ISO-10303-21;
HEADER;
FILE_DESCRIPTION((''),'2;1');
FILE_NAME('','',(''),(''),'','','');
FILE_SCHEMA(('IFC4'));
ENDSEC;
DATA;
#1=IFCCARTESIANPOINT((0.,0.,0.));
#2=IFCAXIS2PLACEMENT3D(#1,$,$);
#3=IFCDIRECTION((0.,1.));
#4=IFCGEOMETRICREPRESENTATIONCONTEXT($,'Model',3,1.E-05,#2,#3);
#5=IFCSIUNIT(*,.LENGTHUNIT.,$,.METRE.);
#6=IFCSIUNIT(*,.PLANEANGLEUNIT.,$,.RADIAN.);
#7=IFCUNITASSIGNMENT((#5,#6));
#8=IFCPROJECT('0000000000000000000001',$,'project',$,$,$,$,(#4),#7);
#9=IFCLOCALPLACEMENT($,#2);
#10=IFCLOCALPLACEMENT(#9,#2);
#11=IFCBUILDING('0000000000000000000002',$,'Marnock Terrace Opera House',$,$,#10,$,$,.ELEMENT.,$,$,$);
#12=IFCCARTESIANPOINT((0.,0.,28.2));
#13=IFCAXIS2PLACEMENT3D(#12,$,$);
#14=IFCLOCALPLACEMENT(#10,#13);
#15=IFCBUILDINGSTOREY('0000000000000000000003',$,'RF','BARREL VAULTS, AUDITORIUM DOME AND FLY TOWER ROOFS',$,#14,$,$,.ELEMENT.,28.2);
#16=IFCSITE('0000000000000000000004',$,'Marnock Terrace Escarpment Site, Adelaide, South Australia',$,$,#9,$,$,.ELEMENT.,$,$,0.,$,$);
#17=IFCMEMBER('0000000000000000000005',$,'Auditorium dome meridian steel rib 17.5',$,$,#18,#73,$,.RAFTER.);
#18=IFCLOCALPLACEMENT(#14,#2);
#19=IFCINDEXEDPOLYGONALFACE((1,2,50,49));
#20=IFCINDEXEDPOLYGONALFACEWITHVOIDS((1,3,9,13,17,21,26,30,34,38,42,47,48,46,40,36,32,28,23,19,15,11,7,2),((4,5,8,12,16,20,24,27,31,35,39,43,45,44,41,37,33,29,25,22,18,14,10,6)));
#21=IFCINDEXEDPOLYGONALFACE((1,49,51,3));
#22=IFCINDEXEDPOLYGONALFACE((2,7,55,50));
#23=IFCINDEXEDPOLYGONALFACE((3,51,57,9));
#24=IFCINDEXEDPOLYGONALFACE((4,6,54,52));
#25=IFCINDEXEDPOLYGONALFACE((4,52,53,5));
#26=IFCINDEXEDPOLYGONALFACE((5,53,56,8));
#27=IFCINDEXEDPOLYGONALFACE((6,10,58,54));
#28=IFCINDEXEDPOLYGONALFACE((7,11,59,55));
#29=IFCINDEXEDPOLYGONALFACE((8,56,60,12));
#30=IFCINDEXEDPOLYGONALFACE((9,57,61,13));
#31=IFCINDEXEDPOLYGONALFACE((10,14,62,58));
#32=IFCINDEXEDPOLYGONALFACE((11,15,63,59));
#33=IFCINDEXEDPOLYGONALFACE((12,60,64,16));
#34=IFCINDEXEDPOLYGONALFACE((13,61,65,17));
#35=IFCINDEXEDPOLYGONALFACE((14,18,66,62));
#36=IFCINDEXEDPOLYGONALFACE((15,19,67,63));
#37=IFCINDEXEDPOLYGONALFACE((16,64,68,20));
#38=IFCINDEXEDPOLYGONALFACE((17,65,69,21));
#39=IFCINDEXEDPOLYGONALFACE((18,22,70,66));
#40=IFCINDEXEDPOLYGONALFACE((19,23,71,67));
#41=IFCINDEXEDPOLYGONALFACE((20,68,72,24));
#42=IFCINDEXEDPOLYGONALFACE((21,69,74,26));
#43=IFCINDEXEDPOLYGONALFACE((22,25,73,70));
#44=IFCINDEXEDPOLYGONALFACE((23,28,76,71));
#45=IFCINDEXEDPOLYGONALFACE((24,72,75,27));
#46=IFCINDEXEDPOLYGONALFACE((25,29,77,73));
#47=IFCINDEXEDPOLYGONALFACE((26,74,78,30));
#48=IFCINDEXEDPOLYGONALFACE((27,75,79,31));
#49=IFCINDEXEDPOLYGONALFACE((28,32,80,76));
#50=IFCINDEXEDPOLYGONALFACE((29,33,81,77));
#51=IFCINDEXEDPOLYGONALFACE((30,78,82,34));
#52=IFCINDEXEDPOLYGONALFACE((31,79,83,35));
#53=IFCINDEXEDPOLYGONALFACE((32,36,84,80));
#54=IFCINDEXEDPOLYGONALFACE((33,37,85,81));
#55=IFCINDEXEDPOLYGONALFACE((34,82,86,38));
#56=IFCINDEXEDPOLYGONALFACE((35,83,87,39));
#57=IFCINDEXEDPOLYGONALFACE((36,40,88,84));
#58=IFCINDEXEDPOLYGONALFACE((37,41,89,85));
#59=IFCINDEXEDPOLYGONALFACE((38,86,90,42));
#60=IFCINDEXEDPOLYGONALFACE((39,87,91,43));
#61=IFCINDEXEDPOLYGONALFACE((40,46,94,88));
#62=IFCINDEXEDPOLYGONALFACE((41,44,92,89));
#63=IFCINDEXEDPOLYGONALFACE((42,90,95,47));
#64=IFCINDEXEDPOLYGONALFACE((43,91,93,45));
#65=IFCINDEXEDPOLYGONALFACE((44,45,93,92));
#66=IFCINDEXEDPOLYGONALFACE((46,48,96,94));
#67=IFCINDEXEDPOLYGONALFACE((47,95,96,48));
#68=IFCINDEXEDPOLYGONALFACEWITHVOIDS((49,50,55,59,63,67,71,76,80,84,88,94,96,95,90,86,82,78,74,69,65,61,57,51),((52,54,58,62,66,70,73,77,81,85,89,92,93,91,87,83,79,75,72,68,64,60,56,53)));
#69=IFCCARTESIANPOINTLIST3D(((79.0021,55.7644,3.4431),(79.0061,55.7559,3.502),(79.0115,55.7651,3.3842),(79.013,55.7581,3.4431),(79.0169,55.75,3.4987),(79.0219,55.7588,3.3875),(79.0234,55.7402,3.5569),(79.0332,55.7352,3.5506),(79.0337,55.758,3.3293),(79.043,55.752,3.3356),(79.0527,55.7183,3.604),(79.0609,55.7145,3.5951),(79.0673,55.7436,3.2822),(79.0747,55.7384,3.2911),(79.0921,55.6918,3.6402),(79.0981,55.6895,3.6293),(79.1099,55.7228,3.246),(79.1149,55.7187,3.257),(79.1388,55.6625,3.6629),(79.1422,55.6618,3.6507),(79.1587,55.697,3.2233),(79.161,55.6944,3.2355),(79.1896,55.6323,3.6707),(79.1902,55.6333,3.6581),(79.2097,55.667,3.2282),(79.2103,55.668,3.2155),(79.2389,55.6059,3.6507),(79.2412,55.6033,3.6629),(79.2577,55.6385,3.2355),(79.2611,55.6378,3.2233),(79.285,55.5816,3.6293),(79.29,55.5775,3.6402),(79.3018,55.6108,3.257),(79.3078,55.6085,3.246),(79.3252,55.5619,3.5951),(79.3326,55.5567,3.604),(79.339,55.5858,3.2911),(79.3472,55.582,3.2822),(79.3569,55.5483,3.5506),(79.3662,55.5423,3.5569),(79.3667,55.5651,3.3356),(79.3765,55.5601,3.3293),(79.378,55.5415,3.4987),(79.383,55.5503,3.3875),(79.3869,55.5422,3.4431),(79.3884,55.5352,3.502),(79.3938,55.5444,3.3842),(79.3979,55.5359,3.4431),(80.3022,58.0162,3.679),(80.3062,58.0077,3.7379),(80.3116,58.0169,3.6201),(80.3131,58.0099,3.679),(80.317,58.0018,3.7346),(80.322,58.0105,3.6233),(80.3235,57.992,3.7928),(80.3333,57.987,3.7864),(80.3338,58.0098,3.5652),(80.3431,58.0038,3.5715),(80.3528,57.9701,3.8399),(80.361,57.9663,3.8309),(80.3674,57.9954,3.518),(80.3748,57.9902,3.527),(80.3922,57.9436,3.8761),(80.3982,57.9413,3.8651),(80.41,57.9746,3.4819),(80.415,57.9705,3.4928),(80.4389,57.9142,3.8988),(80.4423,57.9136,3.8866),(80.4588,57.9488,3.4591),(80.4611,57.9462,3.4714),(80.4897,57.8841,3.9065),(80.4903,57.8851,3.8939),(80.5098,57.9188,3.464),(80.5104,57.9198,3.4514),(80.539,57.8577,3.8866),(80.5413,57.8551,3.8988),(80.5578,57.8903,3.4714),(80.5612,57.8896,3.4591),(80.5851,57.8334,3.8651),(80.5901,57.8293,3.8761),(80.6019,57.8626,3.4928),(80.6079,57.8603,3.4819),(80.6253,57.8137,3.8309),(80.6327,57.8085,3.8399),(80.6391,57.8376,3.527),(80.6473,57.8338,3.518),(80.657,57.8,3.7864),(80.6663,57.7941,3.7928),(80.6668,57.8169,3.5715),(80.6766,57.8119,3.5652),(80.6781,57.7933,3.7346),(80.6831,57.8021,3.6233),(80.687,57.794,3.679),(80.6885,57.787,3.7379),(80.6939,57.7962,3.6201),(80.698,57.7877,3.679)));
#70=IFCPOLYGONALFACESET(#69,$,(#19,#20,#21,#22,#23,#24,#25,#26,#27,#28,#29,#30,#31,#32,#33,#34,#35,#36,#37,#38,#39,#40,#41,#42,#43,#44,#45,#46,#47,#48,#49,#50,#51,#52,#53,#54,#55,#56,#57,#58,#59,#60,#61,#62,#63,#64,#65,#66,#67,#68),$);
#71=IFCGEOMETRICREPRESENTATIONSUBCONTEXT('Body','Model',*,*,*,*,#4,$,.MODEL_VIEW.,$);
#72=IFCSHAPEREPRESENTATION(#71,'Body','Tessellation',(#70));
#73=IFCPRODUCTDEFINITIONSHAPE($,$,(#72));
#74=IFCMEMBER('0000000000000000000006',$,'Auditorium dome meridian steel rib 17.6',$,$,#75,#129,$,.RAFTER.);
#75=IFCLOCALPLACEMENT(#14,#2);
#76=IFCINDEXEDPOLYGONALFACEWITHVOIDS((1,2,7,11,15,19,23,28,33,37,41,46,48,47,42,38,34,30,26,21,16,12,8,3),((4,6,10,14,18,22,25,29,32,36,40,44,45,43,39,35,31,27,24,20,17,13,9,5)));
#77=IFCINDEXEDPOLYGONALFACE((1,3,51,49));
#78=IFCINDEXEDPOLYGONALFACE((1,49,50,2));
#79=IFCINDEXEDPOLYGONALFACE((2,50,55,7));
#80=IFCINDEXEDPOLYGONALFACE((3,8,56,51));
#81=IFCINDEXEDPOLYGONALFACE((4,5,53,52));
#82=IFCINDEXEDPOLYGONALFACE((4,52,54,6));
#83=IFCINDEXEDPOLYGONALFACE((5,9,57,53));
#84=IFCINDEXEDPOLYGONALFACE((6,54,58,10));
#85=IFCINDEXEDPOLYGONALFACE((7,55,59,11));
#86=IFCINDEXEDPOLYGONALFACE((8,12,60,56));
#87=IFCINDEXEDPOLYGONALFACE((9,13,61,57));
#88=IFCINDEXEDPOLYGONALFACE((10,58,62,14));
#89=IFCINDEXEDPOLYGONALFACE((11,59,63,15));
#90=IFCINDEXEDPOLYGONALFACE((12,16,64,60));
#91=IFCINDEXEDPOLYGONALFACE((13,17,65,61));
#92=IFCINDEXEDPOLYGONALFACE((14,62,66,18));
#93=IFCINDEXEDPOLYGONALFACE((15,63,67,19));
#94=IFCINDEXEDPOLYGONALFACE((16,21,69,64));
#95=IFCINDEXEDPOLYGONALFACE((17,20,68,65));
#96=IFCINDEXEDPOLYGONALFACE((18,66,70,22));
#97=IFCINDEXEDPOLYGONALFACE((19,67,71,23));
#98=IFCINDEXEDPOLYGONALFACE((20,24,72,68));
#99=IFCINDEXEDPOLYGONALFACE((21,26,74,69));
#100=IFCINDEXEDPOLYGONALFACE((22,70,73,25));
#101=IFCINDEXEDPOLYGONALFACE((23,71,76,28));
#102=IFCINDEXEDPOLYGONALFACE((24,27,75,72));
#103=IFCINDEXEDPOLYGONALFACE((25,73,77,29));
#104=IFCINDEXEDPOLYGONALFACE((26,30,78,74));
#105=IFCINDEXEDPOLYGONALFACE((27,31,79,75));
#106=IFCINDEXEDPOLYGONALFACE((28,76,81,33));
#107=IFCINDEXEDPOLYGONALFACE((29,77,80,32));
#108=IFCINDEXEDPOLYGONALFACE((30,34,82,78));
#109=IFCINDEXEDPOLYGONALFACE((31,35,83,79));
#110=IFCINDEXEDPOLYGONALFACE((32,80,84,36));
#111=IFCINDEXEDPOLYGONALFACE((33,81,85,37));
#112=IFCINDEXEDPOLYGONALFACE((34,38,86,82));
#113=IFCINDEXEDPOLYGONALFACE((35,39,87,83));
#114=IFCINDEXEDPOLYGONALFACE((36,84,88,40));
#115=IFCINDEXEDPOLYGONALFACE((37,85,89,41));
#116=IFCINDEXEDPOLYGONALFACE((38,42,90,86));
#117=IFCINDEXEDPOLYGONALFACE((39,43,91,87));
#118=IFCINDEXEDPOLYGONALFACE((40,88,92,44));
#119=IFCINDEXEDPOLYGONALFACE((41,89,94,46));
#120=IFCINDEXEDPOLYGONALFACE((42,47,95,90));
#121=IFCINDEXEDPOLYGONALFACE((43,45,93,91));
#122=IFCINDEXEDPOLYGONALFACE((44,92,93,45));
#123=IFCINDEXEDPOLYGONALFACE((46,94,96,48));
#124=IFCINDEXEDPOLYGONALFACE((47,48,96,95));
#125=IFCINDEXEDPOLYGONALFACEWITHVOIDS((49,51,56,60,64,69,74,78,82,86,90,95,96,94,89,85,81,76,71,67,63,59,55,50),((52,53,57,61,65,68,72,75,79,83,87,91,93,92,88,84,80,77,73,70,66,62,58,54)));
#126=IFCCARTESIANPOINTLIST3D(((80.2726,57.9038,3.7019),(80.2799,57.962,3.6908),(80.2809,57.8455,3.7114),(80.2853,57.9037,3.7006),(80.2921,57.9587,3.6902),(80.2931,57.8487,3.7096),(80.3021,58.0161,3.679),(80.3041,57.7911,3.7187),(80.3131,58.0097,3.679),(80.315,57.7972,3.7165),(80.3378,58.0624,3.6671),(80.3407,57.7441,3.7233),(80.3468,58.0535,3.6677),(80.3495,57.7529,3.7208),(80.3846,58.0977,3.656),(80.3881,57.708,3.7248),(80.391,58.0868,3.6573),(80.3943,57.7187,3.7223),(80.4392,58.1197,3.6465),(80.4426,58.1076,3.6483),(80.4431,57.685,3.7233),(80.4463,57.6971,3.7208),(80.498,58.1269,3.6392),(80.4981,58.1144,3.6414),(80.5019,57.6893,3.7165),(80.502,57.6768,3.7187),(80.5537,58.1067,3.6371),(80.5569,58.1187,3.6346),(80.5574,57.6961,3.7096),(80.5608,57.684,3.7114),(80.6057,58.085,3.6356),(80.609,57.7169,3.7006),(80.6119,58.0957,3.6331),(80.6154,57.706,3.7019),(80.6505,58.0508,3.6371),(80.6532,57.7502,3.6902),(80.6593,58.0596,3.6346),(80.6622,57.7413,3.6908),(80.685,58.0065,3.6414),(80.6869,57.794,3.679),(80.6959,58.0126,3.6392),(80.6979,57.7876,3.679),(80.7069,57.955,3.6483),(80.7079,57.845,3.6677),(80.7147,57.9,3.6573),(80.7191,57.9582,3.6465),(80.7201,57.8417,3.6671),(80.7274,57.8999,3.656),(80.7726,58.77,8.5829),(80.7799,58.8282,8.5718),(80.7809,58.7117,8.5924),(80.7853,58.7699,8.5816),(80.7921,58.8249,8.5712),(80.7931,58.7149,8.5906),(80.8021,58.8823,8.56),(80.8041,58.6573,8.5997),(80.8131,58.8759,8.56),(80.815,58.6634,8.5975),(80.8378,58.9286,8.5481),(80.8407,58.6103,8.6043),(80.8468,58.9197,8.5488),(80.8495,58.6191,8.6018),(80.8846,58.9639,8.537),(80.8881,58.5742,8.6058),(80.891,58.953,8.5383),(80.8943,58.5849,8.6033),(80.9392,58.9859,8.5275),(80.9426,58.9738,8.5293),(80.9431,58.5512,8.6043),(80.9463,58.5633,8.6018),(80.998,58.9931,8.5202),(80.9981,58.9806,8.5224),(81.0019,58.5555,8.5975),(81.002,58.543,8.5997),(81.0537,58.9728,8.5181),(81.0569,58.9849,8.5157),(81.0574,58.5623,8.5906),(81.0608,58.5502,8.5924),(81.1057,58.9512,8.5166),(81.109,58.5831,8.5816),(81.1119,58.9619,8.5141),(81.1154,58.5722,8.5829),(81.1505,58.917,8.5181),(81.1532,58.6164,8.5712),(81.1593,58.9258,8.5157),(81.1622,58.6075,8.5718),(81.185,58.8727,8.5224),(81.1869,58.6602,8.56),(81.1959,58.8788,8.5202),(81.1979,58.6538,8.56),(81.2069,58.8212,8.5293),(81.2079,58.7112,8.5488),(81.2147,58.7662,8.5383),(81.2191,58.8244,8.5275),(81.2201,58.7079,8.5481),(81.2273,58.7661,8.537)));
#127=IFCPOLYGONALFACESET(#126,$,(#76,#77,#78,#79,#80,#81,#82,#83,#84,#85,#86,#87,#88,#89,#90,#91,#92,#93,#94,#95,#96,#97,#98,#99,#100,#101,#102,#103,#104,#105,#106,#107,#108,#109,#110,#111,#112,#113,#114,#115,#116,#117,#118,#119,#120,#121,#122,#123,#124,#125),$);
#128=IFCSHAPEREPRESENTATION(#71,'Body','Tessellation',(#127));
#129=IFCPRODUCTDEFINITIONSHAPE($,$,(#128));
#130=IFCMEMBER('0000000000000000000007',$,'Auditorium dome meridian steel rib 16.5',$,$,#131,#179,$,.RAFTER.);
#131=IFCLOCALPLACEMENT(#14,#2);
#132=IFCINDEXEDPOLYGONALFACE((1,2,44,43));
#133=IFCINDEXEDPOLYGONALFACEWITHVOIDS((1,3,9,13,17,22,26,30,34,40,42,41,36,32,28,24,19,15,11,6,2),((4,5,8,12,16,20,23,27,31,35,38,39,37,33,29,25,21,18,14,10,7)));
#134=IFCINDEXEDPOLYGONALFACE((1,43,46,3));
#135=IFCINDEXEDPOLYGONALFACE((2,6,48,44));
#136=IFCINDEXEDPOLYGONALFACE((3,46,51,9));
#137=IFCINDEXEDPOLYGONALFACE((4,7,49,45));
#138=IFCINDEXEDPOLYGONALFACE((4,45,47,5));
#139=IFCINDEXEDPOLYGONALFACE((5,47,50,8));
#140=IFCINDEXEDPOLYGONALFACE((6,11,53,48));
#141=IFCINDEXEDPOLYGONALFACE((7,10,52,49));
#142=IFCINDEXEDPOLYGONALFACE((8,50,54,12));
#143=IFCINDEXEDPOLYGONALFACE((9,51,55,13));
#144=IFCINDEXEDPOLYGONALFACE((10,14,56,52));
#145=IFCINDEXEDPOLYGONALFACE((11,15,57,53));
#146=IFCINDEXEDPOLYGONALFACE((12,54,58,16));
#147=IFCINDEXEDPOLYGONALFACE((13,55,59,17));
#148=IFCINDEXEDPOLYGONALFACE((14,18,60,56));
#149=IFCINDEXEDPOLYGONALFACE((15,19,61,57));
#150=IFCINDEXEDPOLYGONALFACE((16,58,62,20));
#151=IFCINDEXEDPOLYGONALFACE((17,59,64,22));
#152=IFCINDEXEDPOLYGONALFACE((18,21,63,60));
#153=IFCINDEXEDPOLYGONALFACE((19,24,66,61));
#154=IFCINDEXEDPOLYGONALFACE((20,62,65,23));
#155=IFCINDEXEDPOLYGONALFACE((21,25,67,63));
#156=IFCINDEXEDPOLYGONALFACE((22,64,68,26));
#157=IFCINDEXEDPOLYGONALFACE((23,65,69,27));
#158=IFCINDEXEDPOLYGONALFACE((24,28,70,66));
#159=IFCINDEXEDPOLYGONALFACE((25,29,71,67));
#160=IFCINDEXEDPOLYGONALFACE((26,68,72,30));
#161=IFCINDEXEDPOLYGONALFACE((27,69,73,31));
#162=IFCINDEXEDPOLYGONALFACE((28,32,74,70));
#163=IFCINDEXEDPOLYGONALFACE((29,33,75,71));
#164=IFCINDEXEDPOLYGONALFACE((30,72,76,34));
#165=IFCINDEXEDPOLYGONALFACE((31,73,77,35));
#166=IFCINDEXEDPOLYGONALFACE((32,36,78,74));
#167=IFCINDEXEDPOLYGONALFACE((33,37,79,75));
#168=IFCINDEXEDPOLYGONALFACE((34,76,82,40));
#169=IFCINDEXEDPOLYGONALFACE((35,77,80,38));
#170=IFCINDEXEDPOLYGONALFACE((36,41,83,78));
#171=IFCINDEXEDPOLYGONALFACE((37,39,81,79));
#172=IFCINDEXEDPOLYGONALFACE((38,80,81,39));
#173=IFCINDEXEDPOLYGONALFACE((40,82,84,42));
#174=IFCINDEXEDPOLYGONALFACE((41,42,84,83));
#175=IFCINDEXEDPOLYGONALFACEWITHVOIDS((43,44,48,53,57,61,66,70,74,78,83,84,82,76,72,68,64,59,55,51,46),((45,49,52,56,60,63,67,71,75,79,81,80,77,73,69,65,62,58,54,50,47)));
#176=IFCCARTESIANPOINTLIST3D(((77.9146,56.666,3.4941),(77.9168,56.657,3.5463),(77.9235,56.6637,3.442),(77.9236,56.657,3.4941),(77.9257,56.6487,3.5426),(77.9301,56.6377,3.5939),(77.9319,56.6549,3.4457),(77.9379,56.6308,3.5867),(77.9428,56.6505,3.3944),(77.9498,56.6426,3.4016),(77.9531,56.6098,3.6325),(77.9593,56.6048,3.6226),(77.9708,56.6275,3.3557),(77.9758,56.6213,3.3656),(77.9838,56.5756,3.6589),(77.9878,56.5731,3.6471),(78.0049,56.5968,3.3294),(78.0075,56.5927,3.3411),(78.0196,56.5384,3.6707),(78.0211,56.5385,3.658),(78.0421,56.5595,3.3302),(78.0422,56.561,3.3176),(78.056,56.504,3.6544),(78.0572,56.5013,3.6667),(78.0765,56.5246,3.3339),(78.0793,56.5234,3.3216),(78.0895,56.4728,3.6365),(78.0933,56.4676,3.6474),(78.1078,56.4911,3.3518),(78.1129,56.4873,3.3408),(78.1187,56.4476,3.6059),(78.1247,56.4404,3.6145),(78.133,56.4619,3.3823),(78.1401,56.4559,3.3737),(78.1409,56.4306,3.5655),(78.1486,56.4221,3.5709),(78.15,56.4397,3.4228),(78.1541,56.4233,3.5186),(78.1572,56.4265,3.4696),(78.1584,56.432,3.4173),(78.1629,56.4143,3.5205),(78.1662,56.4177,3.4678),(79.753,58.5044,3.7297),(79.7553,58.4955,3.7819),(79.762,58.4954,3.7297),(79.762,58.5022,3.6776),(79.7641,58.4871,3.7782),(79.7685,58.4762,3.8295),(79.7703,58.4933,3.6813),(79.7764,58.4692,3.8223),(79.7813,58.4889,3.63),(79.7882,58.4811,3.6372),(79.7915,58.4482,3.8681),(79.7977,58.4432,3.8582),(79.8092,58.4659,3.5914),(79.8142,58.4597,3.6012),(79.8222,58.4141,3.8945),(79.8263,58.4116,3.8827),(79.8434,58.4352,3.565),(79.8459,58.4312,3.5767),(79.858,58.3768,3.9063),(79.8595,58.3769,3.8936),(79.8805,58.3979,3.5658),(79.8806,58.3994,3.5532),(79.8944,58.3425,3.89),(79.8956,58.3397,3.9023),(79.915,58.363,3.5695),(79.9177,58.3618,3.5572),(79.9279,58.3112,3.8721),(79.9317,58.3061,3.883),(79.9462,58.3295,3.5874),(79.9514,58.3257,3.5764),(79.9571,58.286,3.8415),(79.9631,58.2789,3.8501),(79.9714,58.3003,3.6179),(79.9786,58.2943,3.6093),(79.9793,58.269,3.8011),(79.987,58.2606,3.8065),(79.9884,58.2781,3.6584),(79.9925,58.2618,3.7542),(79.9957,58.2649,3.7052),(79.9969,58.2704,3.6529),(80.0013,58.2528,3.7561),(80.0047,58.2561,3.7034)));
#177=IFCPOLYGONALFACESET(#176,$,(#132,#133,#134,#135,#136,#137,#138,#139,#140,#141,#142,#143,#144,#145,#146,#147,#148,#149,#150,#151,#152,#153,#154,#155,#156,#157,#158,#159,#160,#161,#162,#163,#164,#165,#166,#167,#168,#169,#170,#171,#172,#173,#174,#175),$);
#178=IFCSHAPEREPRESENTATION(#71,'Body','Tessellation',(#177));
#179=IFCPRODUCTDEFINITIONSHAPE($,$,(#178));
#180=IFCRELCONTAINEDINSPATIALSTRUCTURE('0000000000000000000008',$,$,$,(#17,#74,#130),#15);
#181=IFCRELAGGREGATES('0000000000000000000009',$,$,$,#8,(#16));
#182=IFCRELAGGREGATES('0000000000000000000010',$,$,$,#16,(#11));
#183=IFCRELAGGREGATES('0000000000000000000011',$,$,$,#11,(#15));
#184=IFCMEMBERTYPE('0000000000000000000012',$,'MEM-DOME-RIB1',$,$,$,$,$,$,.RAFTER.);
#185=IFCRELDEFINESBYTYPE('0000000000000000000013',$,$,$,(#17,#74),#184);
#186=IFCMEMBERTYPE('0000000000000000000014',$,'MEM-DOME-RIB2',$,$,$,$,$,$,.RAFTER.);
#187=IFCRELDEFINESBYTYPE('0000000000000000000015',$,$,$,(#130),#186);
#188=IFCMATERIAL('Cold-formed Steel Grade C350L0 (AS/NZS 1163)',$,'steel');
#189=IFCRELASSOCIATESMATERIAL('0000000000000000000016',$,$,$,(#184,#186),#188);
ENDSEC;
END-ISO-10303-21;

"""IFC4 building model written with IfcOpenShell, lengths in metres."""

from ifc_helpers import new_model, si_unit, direction, frame, origin, origin_2d, place, context, subcontext, project, spatial, hollow_circle, extrude, material, material_profile, profile_set, type_object, element, save


model = new_model("IFC4")

# Units and contexts
model_context = context("Model", 3, precision=1e-05, world=origin(), true_north=direction((0.0, 1.0)))
body_context = subcontext(model_context, "Body", "Model", "MODEL_VIEW")
ifc_project = project(units=[si_unit("LENGTHUNIT", "METRE"), si_unit("PLANEANGLEUNIT", "RADIAN")], contexts=[model_context])

# Site, building, storey
site_placement = place(None, origin())
site = spatial("IfcSite", under=ifc_project, at=site_placement, Name="Marnock Terrace Escarpment Site, Adelaide, South Australia", CompositionType="ELEMENT", RefElevation=0.0)
building_placement = place(site_placement, origin())
building = spatial("IfcBuilding", under=site, at=building_placement, Name="Marnock Terrace Opera House", CompositionType="ELEMENT")
storey_placement = place(building_placement, frame((0.0, 0.0, 28.2)))
storey = spatial("IfcBuildingStorey", under=building, at=storey_placement, Name="RF", Description="BARREL VAULTS, AUDITORIUM DOME AND FLY TOWER ROOFS", CompositionType="ELEMENT", Elevation=28.2)

# Members
ifc_material_1 = material(Name="Cold-formed Steel Grade C350L0 (AS/NZS 1163)", Category="steel")
ifc_material_profile_1 = material_profile(ifc_material_1, hollow_circle(Radius=0.2285, WallThickness=0.0127, at=origin_2d()))
ifc_profile_set_1 = profile_set([ifc_material_profile_1], Name="Cold-formed Steel Grade C350L0 (AS/NZS 1163)")
member_type_1 = type_object("IfcMemberType", Name="MEM-DOME-RIB1", PredefinedType="RAFTER", material=ifc_profile_set_1)
member_1_placement = place(storey_placement, frame((79.2, 55.6501, 3.4431), z_axis=(0.497963, 0.862481, 0.090335), x_axis=(-0.866021, 0.500007, 0.0)))
element("IfcMember", 1, at=member_1_placement, inside=storey, type_object=member_type_1, Name="Auditorium dome meridian steel rib 17.5", PredefinedType="RAFTER", context=body_context, shape_type="SweptSolid", body=[
    extrude(hollow_circle(Radius=0.2285, WallThickness=0.0127, at=origin_2d()), origin(), (0.0, 0.0, 1.0), 2.6108),
])
member_2_placement = place(storey_placement, frame((80.5, 57.9019, 3.679), z_axis=(0.100351, 0.17385, 0.979646), x_axis=(-0.866072, 0.49992, 0.0)))
element("IfcMember", 2, at=member_2_placement, inside=storey, type_object=member_type_1, Name="Auditorium dome meridian steel rib 17.6", PredefinedType="RAFTER", context=body_context, shape_type="SweptSolid", body=[
    extrude(hollow_circle(Radius=0.2285, WallThickness=0.0127, at=origin_2d()), origin(), (0.0, 0.0, 1.0), 4.9824),
])
ifc_material_profile_2 = material_profile(ifc_material_1, hollow_circle(Radius=0.1777, WallThickness=0.0127, at=origin_2d()))
ifc_profile_set_2 = profile_set([ifc_material_profile_2], Name="Cold-formed Steel Grade C350L0 (AS/NZS 1163)")
member_type_2 = type_object("IfcMemberType", Name="MEM-DOME-RIB2", PredefinedType="RAFTER", material=ifc_profile_set_2)
member_3_placement = place(storey_placement, frame((78.0403, 56.5403, 3.4941), z_axis=(0.704221, 0.704221, 0.090249), x_axis=(-0.707107, 0.707107, 0.0)))
element("IfcMember", 3, at=member_3_placement, inside=storey, type_object=member_type_2, Name="Auditorium dome meridian steel rib 16.5", PredefinedType="RAFTER", context=body_context, shape_type="SweptSolid", body=[
    extrude(hollow_circle(Radius=0.1777, WallThickness=0.0127, at=origin_2d()), origin(), (0.0, 0.0, 1.0), 2.6106),
])

save(model, "model.ifc")
